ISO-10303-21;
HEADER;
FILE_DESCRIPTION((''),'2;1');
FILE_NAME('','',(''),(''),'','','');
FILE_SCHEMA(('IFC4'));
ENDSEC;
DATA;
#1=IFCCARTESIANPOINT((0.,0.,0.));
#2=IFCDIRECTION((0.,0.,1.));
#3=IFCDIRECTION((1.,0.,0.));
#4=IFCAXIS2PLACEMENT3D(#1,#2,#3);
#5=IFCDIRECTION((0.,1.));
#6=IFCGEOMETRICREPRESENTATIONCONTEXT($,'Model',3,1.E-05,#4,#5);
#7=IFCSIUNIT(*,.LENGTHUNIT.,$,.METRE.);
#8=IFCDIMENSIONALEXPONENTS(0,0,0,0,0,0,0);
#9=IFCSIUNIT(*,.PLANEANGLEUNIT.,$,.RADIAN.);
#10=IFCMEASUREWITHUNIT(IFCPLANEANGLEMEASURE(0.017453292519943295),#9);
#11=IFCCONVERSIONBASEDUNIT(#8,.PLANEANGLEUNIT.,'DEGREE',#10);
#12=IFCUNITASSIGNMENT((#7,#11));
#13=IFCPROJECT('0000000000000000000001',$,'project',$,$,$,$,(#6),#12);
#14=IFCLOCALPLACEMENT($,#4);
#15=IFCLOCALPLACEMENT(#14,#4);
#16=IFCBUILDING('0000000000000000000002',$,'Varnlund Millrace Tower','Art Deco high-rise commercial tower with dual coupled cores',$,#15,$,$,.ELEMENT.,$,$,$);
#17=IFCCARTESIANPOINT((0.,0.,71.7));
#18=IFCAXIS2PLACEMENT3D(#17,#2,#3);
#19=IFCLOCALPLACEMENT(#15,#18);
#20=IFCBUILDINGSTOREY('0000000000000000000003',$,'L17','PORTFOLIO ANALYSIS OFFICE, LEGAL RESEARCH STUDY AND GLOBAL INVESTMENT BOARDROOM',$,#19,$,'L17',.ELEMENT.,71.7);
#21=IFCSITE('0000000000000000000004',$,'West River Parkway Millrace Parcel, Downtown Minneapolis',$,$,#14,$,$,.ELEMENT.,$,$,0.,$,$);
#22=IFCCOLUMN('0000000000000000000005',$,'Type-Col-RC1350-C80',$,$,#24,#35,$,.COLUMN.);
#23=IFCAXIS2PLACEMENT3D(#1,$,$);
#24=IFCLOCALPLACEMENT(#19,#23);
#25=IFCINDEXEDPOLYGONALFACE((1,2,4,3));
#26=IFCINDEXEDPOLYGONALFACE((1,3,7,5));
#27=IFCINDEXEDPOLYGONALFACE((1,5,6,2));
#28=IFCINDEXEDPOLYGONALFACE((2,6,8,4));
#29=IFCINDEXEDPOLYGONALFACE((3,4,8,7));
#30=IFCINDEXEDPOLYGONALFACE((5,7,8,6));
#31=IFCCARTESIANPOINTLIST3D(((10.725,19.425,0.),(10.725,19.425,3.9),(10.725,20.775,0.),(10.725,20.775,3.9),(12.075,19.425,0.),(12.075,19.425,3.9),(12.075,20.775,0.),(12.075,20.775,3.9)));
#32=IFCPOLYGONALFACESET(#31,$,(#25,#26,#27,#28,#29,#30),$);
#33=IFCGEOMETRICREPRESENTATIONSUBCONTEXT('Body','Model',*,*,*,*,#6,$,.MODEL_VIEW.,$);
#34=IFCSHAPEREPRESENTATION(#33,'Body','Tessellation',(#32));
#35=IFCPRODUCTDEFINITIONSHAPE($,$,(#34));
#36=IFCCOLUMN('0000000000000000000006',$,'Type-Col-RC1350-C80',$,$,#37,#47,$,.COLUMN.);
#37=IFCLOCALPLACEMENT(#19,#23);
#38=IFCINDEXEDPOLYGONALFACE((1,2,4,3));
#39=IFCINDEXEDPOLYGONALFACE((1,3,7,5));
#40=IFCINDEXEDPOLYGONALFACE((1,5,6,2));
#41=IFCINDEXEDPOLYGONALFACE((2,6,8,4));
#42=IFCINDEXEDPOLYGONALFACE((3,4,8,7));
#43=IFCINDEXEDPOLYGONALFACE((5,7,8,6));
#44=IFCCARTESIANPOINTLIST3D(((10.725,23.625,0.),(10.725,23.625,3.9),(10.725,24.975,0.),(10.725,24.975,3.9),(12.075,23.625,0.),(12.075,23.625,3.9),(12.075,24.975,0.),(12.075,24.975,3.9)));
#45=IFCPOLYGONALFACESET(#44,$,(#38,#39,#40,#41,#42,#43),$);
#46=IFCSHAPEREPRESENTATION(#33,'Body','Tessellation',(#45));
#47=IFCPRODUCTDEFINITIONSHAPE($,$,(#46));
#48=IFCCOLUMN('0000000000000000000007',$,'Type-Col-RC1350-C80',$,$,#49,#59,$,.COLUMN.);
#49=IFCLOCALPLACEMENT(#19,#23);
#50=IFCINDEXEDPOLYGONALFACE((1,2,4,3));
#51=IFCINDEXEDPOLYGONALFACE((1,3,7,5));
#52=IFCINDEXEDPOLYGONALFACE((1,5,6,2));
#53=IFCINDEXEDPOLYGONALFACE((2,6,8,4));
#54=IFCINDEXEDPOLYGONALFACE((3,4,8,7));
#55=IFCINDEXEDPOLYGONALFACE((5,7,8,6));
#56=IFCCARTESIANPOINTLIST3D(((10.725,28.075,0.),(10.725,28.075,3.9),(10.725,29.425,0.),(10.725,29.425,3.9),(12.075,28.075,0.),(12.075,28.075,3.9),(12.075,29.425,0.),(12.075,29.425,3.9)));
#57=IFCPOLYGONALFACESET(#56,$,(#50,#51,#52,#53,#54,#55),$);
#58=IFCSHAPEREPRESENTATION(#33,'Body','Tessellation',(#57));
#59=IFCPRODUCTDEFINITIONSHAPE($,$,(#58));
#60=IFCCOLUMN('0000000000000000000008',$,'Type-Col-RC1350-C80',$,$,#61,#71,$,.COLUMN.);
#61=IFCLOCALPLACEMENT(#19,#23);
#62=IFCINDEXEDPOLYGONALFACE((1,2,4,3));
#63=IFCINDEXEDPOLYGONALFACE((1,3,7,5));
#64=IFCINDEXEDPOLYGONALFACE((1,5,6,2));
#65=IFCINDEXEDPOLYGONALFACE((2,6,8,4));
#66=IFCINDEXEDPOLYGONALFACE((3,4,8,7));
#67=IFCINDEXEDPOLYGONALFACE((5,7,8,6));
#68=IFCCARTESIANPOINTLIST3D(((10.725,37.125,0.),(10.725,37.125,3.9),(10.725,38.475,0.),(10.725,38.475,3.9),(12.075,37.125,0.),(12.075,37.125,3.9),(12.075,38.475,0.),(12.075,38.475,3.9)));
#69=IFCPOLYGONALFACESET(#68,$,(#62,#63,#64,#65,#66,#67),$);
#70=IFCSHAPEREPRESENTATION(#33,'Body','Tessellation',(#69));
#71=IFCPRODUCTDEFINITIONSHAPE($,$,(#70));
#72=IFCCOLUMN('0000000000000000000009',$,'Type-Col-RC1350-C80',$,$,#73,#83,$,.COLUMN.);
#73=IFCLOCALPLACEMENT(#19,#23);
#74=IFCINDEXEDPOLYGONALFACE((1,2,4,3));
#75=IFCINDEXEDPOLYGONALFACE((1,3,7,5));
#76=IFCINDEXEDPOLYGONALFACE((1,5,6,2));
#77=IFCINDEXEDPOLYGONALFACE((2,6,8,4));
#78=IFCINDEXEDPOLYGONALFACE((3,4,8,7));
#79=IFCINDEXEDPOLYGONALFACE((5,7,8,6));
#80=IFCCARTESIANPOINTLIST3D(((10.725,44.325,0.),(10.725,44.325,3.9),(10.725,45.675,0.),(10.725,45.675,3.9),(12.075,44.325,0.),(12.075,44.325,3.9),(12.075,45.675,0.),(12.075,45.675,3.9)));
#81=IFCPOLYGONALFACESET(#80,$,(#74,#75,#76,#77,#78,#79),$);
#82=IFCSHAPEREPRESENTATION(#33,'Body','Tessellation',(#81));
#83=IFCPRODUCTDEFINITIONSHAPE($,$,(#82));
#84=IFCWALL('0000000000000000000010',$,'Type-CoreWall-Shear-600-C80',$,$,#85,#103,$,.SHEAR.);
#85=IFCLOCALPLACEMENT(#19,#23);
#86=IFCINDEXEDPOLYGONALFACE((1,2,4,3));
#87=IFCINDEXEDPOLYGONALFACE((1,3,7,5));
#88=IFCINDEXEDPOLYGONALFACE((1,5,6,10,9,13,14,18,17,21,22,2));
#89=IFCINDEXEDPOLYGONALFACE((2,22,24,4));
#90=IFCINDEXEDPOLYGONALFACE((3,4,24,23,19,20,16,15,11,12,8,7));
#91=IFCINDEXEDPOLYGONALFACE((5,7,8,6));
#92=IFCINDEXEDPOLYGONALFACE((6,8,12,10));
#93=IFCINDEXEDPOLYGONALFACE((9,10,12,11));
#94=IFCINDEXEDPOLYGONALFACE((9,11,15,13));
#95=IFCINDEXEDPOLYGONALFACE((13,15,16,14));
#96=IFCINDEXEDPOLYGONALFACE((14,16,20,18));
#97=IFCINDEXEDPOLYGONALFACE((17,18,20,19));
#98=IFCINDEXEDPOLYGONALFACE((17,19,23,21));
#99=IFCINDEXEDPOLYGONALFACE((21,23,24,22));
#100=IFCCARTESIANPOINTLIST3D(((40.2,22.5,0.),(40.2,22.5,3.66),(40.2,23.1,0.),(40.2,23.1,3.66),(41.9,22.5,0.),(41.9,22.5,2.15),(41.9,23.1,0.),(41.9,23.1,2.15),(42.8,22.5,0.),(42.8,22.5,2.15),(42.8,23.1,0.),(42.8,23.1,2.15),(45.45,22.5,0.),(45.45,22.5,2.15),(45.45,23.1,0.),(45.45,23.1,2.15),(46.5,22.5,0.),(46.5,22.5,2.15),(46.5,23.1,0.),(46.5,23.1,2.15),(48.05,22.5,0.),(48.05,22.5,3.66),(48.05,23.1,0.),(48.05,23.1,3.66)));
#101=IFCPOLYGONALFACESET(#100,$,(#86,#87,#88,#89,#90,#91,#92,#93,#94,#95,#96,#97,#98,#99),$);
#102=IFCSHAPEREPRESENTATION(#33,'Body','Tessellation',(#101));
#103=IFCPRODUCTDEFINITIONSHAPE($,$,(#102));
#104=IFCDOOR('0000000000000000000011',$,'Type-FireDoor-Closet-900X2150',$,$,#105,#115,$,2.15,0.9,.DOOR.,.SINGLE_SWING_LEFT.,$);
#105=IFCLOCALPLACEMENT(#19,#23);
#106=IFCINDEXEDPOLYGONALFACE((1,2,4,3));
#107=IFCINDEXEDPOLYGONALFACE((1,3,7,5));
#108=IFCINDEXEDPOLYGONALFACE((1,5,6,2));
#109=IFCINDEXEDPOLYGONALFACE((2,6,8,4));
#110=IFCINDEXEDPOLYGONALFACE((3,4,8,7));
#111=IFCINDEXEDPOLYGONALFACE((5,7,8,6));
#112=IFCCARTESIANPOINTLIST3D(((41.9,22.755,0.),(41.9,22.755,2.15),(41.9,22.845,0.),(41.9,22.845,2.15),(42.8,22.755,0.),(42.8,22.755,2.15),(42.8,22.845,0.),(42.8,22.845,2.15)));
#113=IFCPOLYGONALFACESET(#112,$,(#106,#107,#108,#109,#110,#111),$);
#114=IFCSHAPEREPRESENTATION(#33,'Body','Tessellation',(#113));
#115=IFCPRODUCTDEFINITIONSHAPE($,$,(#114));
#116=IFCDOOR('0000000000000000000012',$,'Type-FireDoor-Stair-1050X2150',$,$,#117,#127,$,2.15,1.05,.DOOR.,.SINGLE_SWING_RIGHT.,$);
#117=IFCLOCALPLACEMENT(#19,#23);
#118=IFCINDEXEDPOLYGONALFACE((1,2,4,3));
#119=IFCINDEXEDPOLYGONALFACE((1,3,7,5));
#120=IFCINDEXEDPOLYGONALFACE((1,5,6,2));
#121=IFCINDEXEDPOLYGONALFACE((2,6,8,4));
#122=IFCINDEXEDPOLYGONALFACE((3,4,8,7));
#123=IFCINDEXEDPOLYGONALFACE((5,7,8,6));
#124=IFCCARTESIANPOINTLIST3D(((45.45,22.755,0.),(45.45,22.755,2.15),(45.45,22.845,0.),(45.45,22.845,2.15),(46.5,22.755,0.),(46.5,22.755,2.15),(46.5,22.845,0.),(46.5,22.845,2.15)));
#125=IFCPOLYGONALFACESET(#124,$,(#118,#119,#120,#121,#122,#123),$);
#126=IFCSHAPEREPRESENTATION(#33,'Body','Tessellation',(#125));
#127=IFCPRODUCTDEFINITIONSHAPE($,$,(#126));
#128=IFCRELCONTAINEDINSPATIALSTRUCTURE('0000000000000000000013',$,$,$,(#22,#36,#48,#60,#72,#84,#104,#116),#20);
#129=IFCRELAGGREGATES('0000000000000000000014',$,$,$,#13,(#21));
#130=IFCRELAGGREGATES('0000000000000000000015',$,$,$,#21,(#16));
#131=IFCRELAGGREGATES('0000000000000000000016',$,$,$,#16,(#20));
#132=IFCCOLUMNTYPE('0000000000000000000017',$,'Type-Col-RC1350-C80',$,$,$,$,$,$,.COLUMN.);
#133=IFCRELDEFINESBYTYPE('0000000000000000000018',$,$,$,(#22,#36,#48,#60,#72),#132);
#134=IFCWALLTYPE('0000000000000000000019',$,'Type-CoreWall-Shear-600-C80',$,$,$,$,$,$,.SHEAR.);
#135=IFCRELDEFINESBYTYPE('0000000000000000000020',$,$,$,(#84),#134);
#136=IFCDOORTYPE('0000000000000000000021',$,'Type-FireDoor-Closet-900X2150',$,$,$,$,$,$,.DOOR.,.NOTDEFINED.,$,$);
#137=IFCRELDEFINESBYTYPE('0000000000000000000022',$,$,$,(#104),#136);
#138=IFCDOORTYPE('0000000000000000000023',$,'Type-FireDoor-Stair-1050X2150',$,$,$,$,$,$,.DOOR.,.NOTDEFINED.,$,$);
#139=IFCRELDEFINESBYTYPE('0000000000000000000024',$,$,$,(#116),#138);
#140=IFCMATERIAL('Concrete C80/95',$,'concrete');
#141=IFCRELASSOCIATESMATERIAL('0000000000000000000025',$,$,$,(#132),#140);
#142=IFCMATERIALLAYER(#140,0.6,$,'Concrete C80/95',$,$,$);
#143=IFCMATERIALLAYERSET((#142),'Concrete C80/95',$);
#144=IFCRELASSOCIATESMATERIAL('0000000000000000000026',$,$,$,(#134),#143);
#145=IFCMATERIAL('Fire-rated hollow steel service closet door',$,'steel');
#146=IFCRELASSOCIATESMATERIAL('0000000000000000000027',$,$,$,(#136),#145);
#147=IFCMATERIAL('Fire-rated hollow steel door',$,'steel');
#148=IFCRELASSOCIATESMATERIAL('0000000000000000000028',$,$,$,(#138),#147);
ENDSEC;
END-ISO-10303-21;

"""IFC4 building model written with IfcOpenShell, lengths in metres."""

from ifc_helpers import new_model, entity, si_unit, converted_unit, direction, frame, origin_with_axes, origin_2d_with_axis, place, context, subcontext, project, spatial, polyline, rectangle, outline, extrude, material, layer, layer_set, material_profile, profile_set, type_object, element, fill, save


model = new_model("IFC4")

# Units and contexts
model_context = context("Model", 3, precision=1e-05, world=origin_with_axes(), true_north=direction((0.0, 1.0)))
body_context = subcontext(model_context, "Body", "Model", "MODEL_VIEW")
ifc_project = project(units=[si_unit("LENGTHUNIT", "METRE"), converted_unit("PLANEANGLEUNIT", "DEGREE", entity("IfcPlaneAngleMeasure", 0.017453292519943295), si_unit("PLANEANGLEUNIT", "RADIAN"), dimensions=[0, 0, 0, 0, 0, 0, 0])], contexts=[model_context])

# Site, building, storey
site_placement = place(None, origin_with_axes())
site = spatial("IfcSite", under=ifc_project, at=site_placement, Name="West River Parkway Millrace Parcel, Downtown Minneapolis", CompositionType="ELEMENT", RefElevation=0.0)
building_placement = place(site_placement, origin_with_axes())
building = spatial("IfcBuilding", under=site, at=building_placement, Name="Varnlund Millrace Tower", Description="Art Deco high-rise commercial tower with dual coupled cores", CompositionType="ELEMENT")
storey_placement = place(building_placement, frame((0.0, 0.0, 71.7), z_axis=(0.0, 0.0, 1.0), x_axis=(1.0, 0.0, 0.0)))
storey = spatial("IfcBuildingStorey", under=building, at=storey_placement, Name="L17", Description="PORTFOLIO ANALYSIS OFFICE, LEGAL RESEARCH STUDY AND GLOBAL INVESTMENT BOARDROOM", LongName="L17", CompositionType="ELEMENT", Elevation=71.7)

# Columns
ifc_material_1 = material(Name="Concrete C80/95", Category="concrete")
ifc_material_profile = material_profile(ifc_material_1, rectangle(XDim=1.35, YDim=1.35, at=origin_2d_with_axis()), Name="Concrete C80/95")
ifc_profile_set = profile_set([ifc_material_profile], Name="Concrete C80/95")
column_type = type_object("IfcColumnType", Name="Type-Col-RC1350-C80", PredefinedType="COLUMN", material=ifc_profile_set)
for number, where, z_axis, x_axis, name in (
    (1, (11.4, 20.1, 0.0), (0.0, 0.0, 1.0), (1.0, 0.0, 0.0), "Type-Col-RC1350-C80"),
    (2, (11.4, 24.3, 0.0), (0.0, 0.0, 1.0), (1.0, 0.0, 0.0), "Type-Col-RC1350-C80"),
    (3, (11.4, 28.75, 0.0), (0.0, 0.0, 1.0), (1.0, 0.0, 0.0), "Type-Col-RC1350-C80"),
    (4, (11.4, 37.8, 0.0), (0.0, 0.0, 1.0), (1.0, 0.0, 0.0), "Type-Col-RC1350-C80"),
    (5, (11.4, 45.0, 0.0), (0.0, 0.0, 1.0), (1.0, 0.0, 0.0), "Type-Col-RC1350-C80"),
):
    element("IfcColumn", number, at=place(storey_placement, frame(where, z_axis=z_axis, x_axis=x_axis)), inside=storey, type_object=column_type, Name=name, PredefinedType="COLUMN", context=body_context, shape_type="SweptSolid", body=[
        extrude(rectangle(XDim=1.35, YDim=1.35, at=origin_2d_with_axis()), origin_with_axes(), (0.0, 0.0, 1.0), 3.9),
    ])

# Wall, openings, doors
ifc_layer_1 = layer(ifc_material_1, 0.6, Name="Concrete C80/95")
ifc_layer_set_1 = layer_set([ifc_layer_1], Name="Concrete C80/95")
wall_type_1 = type_object("IfcWallType", Name="Type-CoreWall-Shear-600-C80", PredefinedType="SHEAR", material=ifc_layer_set_1)
wall_1_placement = place(storey_placement, frame((40.2, 22.8, 0.0), z_axis=(0.0, 0.0, 1.0), x_axis=(1.0, 0.0, 0.0)))
wall_1 = element("IfcWall", 6, at=wall_1_placement, inside=storey, type_object=wall_type_1, Name="Type-CoreWall-Shear-600-C80", PredefinedType="SHEAR", context=body_context, shape_type="SweptSolid", body=[
    extrude(outline(polyline([(0.0, -0.3), (7.85, -0.3), (7.85, 0.3), (0.0, 0.3), (0.0, -0.3)])), origin_with_axes(), (0.0, 0.0, 1.0), 3.66),
])
opening_1_placement = place(wall_1_placement, frame((5.775, 0.0, 0.0), z_axis=(0.0, 0.0, 1.0), x_axis=(1.0, 0.0, 0.0)))
opening_1 = element("IfcOpeningElement", 7, at=opening_1_placement, cuts=wall_1, PredefinedType="OPENING", context=body_context, shape_type="SweptSolid", body=[
    extrude(rectangle(XDim=1.05, YDim=0.62, at=origin_2d_with_axis()), origin_with_axes(), (0.0, 0.0, 1.0), 2.15),
])
opening_2_placement = place(wall_1_placement, frame((2.15, 0.0, 0.0), z_axis=(0.0, 0.0, 1.0), x_axis=(1.0, 0.0, 0.0)))
opening_2 = element("IfcOpeningElement", 8, at=opening_2_placement, cuts=wall_1, PredefinedType="OPENING", context=body_context, shape_type="SweptSolid", body=[
    extrude(rectangle(XDim=0.9, YDim=0.62, at=origin_2d_with_axis()), origin_with_axes(), (0.0, 0.0, 1.0), 2.15),
])
ifc_material_2 = material(Name="Fire-rated hollow steel service closet door", Category="steel")
door_type_1 = type_object("IfcDoorType", Name="Type-FireDoor-Closet-900X2150", OperationType="NOTDEFINED", PredefinedType="DOOR", material=ifc_material_2)
door_1_placement = place(wall_1_placement, frame((2.15, 0.0, 0.0), z_axis=(0.0, 0.0, 1.0), x_axis=(1.0, 0.0, 0.0)))
door_1 = element("IfcDoor", 9, at=door_1_placement, inside=storey, type_object=door_type_1, Name="Type-FireDoor-Closet-900X2150", OperationType="SINGLE_SWING_LEFT", OverallHeight=2.15, OverallWidth=0.9, PredefinedType="DOOR", context=body_context, shape_type="SweptSolid", body=[
    extrude(rectangle(XDim=0.9, YDim=0.09, at=origin_2d_with_axis()), origin_with_axes(), (0.0, 0.0, 1.0), 2.15),
])
fill(opening_2, door_1)
ifc_material_3 = material(Name="Fire-rated hollow steel door", Category="steel")
door_type_2 = type_object("IfcDoorType", Name="Type-FireDoor-Stair-1050X2150", OperationType="NOTDEFINED", PredefinedType="DOOR", material=ifc_material_3)
door_2_placement = place(wall_1_placement, frame((5.775, 0.0, 0.0), z_axis=(0.0, 0.0, 1.0), x_axis=(1.0, 0.0, 0.0)))
door_2 = element("IfcDoor", 10, at=door_2_placement, inside=storey, type_object=door_type_2, Name="Type-FireDoor-Stair-1050X2150", OperationType="SINGLE_SWING_RIGHT", OverallHeight=2.15, OverallWidth=1.05, PredefinedType="DOOR", context=body_context, shape_type="SweptSolid", body=[
    extrude(rectangle(XDim=1.05, YDim=0.09, at=origin_2d_with_axis()), origin_with_axes(), (0.0, 0.0, 1.0), 2.15),
])
fill(opening_1, door_2)

save(model, "model.ifc")
